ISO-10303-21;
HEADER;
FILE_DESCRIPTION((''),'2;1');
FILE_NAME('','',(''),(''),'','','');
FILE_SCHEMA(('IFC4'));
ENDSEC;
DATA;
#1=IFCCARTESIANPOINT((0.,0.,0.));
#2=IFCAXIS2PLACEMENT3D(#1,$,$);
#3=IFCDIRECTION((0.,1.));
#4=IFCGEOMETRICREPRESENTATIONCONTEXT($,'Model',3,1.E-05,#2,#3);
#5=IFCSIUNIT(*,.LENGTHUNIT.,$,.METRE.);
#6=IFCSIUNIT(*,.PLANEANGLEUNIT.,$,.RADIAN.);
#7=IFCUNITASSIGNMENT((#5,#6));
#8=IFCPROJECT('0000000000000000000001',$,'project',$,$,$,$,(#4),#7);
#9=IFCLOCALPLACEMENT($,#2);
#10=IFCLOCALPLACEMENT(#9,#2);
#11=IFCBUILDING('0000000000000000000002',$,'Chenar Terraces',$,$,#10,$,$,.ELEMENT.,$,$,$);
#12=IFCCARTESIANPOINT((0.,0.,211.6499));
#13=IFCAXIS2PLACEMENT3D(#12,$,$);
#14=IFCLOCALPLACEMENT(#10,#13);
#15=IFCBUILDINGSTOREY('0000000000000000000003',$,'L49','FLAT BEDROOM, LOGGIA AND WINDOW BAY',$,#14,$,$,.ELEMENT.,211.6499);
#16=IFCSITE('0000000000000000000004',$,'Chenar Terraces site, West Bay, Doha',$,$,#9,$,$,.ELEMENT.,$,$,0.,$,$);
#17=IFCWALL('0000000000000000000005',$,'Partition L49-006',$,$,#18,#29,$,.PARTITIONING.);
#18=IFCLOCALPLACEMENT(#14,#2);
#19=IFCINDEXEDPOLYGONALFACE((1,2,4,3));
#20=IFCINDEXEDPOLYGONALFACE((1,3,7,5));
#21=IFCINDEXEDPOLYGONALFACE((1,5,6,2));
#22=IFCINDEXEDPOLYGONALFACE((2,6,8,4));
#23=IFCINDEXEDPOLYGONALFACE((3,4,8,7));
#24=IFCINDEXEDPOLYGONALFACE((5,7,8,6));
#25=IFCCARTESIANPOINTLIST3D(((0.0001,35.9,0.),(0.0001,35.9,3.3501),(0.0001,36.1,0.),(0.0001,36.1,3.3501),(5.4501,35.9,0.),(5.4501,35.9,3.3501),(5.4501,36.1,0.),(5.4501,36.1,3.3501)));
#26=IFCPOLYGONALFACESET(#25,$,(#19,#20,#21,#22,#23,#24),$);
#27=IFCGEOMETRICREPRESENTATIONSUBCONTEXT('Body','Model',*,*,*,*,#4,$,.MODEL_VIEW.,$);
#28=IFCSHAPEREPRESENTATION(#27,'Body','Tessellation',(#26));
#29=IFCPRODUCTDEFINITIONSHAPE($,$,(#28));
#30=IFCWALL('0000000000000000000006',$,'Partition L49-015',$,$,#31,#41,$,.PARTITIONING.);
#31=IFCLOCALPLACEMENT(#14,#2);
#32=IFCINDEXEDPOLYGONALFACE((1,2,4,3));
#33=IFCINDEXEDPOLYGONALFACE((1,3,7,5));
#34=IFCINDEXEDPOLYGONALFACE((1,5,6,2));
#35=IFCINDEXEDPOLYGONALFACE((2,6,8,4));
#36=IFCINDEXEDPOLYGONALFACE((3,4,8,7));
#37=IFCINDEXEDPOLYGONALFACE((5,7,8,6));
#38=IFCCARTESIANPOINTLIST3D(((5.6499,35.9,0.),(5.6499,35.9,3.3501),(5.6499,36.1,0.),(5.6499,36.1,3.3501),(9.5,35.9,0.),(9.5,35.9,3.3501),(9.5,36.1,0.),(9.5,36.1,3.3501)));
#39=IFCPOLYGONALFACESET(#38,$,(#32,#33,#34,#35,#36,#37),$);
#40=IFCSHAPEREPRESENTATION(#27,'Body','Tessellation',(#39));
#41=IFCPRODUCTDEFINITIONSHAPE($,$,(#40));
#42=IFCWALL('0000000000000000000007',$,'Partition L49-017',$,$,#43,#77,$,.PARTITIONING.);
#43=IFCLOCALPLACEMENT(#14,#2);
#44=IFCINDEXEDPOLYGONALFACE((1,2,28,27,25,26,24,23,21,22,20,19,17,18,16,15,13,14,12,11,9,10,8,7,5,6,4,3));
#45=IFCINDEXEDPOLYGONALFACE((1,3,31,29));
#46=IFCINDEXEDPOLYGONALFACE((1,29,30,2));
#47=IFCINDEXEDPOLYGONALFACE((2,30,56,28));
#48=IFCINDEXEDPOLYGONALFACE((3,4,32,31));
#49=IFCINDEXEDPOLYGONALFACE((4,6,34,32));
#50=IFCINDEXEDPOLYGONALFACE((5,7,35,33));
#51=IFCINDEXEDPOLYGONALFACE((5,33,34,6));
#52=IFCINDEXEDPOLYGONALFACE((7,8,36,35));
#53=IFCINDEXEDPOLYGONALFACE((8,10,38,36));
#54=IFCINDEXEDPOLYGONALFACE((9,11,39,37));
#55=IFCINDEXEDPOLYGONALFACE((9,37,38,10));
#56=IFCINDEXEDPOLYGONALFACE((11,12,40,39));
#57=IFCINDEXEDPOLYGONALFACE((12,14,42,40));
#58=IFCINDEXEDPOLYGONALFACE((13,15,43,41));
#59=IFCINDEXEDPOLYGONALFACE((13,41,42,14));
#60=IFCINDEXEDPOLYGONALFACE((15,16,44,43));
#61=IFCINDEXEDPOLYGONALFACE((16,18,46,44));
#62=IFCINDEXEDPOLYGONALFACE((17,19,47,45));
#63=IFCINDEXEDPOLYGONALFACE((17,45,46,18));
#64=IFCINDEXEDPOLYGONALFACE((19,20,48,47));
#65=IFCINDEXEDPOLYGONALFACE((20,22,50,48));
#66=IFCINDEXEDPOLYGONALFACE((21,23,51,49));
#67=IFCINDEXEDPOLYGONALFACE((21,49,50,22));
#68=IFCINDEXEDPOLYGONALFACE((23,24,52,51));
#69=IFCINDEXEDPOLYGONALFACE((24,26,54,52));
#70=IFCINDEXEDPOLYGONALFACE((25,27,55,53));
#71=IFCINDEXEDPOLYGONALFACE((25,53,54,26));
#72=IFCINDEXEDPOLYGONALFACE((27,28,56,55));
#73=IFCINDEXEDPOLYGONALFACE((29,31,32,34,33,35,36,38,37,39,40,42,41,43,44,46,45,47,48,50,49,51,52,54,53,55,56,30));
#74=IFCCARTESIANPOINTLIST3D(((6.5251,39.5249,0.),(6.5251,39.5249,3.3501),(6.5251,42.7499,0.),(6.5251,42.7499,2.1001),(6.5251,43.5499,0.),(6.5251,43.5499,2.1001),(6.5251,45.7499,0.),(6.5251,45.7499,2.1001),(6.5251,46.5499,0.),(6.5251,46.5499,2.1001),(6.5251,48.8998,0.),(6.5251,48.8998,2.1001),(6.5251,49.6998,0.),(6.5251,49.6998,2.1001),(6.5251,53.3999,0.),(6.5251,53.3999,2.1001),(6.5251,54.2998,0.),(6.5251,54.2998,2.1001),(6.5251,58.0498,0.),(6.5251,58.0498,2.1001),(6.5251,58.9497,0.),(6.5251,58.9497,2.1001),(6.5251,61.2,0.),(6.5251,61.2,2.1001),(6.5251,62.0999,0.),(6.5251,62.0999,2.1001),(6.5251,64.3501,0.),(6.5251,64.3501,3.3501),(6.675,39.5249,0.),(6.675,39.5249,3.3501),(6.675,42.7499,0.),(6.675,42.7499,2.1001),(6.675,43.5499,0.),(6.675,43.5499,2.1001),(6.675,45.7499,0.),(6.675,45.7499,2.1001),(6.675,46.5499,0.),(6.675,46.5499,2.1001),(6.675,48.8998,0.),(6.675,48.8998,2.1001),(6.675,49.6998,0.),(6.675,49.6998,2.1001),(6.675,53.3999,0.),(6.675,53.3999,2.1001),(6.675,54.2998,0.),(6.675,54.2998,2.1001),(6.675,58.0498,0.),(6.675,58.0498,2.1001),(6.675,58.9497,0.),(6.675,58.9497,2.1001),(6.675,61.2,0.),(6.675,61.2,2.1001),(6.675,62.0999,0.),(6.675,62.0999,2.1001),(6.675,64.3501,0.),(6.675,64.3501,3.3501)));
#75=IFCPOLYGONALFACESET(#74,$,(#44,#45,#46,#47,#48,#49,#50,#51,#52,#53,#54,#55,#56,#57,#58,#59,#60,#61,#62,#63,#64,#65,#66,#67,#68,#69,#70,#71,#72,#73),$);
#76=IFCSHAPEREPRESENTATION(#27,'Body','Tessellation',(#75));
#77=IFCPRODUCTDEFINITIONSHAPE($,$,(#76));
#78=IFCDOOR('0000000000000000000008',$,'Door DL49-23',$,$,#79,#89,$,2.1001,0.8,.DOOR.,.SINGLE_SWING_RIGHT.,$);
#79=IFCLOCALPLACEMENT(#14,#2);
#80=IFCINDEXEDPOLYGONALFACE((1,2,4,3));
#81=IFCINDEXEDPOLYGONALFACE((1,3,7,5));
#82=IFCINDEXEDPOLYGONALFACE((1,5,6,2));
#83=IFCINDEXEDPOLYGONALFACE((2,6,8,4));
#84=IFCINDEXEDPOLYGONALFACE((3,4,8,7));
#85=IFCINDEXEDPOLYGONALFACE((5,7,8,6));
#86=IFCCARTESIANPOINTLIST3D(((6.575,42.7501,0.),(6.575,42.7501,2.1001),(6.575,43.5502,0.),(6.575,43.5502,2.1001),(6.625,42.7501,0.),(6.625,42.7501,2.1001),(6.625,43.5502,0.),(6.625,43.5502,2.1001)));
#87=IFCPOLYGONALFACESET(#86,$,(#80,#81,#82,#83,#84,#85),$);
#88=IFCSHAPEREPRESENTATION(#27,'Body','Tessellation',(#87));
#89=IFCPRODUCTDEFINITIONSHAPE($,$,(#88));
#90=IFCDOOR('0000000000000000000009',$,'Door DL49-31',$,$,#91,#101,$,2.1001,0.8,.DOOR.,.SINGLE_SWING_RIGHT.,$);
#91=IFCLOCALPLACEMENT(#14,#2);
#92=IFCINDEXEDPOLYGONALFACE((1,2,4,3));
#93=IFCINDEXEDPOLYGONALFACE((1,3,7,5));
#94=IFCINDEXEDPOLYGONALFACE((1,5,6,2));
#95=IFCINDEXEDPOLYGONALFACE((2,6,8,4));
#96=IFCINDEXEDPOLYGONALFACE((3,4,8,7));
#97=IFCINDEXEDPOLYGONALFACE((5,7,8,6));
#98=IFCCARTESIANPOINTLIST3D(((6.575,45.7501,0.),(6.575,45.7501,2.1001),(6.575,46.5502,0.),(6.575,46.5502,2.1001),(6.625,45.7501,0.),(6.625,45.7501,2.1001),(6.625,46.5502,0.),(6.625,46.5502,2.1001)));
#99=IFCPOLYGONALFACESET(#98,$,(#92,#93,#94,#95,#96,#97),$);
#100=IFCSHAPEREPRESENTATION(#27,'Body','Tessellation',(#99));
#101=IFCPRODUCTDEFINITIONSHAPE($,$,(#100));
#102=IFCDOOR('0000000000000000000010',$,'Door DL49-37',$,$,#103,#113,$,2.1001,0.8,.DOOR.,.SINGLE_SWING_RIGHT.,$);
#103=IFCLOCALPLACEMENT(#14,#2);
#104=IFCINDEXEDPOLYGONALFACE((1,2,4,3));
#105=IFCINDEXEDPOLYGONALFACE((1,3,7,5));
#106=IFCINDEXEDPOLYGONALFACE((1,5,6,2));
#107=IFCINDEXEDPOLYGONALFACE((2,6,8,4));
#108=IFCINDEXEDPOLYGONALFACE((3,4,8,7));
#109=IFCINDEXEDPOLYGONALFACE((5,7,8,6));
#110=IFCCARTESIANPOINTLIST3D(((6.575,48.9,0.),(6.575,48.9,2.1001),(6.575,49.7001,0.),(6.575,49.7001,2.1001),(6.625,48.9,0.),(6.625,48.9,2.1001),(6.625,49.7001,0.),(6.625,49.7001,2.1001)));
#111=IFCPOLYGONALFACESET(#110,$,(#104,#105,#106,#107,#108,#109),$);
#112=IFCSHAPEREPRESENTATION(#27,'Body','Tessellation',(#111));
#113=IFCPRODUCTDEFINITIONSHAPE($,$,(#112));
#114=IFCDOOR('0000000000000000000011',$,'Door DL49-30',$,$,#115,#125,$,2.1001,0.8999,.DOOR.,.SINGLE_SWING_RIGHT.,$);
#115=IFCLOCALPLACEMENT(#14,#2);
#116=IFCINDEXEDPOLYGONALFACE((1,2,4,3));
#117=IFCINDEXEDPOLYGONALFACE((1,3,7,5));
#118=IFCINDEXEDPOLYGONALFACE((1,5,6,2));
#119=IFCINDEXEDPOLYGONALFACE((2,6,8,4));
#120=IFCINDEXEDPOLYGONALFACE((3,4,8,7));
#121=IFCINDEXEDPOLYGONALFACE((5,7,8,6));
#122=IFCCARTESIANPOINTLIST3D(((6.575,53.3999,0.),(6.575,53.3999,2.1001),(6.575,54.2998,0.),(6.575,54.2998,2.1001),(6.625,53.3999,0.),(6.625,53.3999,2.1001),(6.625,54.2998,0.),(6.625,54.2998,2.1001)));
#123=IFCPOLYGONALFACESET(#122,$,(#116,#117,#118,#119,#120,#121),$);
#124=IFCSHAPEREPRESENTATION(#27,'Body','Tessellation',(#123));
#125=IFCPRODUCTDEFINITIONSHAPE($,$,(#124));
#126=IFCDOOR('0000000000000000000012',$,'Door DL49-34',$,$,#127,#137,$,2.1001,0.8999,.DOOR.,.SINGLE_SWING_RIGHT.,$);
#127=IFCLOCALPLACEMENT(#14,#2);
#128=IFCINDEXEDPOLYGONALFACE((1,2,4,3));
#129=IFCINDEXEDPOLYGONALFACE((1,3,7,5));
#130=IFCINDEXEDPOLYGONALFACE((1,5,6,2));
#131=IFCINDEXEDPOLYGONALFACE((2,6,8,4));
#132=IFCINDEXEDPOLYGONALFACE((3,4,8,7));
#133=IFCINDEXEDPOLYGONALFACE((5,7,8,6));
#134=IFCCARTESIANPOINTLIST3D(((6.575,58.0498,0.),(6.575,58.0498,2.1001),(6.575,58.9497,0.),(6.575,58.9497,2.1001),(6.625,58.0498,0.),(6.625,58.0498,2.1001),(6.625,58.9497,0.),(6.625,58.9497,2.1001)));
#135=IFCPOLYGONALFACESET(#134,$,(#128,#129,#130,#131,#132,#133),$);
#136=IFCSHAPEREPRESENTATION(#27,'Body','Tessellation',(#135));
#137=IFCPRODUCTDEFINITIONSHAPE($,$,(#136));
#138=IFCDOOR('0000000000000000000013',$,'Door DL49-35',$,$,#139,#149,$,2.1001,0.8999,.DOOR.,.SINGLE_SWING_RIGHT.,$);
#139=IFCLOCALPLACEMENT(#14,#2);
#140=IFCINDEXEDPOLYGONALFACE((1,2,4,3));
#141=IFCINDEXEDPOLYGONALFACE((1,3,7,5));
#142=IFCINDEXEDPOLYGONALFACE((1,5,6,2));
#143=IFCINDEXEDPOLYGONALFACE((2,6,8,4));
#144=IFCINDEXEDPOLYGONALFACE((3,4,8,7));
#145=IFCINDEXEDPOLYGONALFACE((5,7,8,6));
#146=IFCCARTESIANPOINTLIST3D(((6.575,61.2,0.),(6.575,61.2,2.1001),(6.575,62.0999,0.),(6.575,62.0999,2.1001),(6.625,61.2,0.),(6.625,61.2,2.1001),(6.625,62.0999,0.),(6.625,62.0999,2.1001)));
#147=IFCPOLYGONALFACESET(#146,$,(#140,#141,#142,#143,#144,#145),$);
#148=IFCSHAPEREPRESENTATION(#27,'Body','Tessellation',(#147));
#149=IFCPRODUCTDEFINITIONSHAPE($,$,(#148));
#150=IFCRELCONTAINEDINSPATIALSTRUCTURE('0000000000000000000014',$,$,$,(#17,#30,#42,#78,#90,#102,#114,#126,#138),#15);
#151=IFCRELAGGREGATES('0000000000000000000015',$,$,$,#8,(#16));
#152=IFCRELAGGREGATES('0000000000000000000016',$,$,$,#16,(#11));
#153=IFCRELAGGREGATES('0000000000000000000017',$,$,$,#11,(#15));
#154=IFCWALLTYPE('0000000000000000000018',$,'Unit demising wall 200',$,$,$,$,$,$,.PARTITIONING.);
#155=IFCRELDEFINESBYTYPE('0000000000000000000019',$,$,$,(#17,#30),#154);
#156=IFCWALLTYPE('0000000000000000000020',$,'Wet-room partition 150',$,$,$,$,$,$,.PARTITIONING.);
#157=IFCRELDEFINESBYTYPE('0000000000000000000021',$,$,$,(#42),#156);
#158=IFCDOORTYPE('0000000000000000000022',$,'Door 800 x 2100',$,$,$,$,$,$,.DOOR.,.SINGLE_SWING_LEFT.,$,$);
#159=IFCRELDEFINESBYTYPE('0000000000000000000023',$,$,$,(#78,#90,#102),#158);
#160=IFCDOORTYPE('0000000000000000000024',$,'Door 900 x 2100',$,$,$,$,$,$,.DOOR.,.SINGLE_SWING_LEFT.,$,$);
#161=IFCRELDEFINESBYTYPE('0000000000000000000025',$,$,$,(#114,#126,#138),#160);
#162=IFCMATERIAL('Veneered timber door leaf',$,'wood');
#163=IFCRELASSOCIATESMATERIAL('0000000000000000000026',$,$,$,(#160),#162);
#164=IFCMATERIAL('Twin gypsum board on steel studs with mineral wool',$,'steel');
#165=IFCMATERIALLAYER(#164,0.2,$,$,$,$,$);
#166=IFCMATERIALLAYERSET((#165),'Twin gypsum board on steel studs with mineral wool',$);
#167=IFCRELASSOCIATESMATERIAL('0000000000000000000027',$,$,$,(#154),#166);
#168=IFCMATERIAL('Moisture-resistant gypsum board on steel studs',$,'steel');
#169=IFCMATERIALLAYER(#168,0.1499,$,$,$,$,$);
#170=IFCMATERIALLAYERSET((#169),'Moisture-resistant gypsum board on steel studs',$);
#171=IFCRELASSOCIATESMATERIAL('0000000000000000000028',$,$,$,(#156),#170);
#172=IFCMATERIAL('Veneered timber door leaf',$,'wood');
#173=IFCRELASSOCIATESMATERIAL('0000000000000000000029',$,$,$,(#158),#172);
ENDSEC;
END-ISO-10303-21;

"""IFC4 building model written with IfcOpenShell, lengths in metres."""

from ifc_helpers import new_model, si_unit, direction, frame, frame_2d, origin, place, context, subcontext, project, spatial, rectangle, extrude, material, layer, layer_set, type_object, element, fill, save


model = new_model("IFC4")

# Units and contexts
model_context = context("Model", 3, precision=1e-05, world=origin(), true_north=direction((0.0, 1.0)))
body_context = subcontext(model_context, "Body", "Model", "MODEL_VIEW")
ifc_project = project(units=[si_unit("LENGTHUNIT", "METRE"), si_unit("PLANEANGLEUNIT", "RADIAN")], contexts=[model_context])

# Site, building, storey
site_placement = place(None, origin())
site = spatial("IfcSite", under=ifc_project, at=site_placement, Name="Chenar Terraces site, West Bay, Doha", CompositionType="ELEMENT", RefElevation=0.0)
building_placement = place(site_placement, origin())
building = spatial("IfcBuilding", under=site, at=building_placement, Name="Chenar Terraces", CompositionType="ELEMENT")
storey_placement = place(building_placement, frame((0.0, 0.0, 211.6499)))
storey = spatial("IfcBuildingStorey", under=building, at=storey_placement, Name="L49", Description="FLAT BEDROOM, LOGGIA AND WINDOW BAY", CompositionType="ELEMENT", Elevation=211.6499)

# Shared definitions
ifc_material_1 = material(Name="Veneered timber door leaf", Category="wood")
door_type_1 = type_object("IfcDoorType", Name="Door 900 x 2100", OperationType="SINGLE_SWING_LEFT", PredefinedType="DOOR", material=ifc_material_1)

# Walls
ifc_material_2 = material(Name="Twin gypsum board on steel studs with mineral wool", Category="steel")
ifc_layer_1 = layer(ifc_material_2, 0.2)
ifc_layer_set_1 = layer_set([ifc_layer_1], Name="Twin gypsum board on steel studs with mineral wool")
wall_type_1 = type_object("IfcWallType", Name="Unit demising wall 200", PredefinedType="PARTITIONING", material=ifc_layer_set_1)
wall_1_placement = place(storey_placement, frame((0.0, 36.0, 0.0), z_axis=(0.0, 0.0, 1.0), x_axis=(1.0, 0.0, 0.0)))
element("IfcWall", 1, at=wall_1_placement, inside=storey, type_object=wall_type_1, Name="Partition L49-006", PredefinedType="PARTITIONING", context=body_context, shape_type="SweptSolid", body=[
    extrude(rectangle(XDim=5.45, YDim=0.2, at=frame_2d((2.7251, 0.0))), origin(), (0.0, 0.0, 1.0), 3.3501),
])
wall_2_placement = place(storey_placement, frame((5.6499, 36.0, 0.0), z_axis=(0.0, 0.0, 1.0), x_axis=(1.0, 0.0, 0.0)))
element("IfcWall", 2, at=wall_2_placement, inside=storey, type_object=wall_type_1, Name="Partition L49-015", PredefinedType="PARTITIONING", context=body_context, shape_type="SweptSolid", body=[
    extrude(rectangle(XDim=3.8501, YDim=0.2, at=frame_2d((1.925, 0.0))), origin(), (0.0, 0.0, 1.0), 3.3501),
])

# Wall, openings, doors
ifc_material_3 = material(Name="Moisture-resistant gypsum board on steel studs", Category="steel")
ifc_layer_2 = layer(ifc_material_3, 0.1499)
ifc_layer_set_2 = layer_set([ifc_layer_2], Name="Moisture-resistant gypsum board on steel studs")
wall_type_2 = type_object("IfcWallType", Name="Wet-room partition 150", PredefinedType="PARTITIONING", material=ifc_layer_set_2)
wall_3_placement = place(storey_placement, frame((6.6001, 39.5249, 0.0), z_axis=(0.0, 0.0, 1.0), x_axis=(0.0, 1.0, 0.0)))
wall_3 = element("IfcWall", 3, at=wall_3_placement, inside=storey, type_object=wall_type_2, Name="Partition L49-017", PredefinedType="PARTITIONING", context=body_context, shape_type="SweptSolid", body=[
    extrude(rectangle(XDim=24.8252, YDim=0.1499, at=frame_2d((12.4126, 0.0))), origin(), (0.0, 0.0, 1.0), 3.3501),
])
opening_1_placement = place(wall_3_placement, frame((3.2251, 0.0, 0.0)))
opening_1 = element("IfcOpeningElement", 4, at=opening_1_placement, cuts=wall_3, PredefinedType="OPENING", context=body_context, shape_type="SweptSolid", body=[
    extrude(rectangle(XDim=0.8, YDim=2.1001, at=frame_2d((0.3999, 1.05))), frame((0.0, 0.085, 0.0), z_axis=(0.0, -1.0, 0.0), x_axis=(1.0, 0.0, 0.0)), (0.0, 0.0, 1.0), 0.1699),
])
opening_2_placement = place(wall_3_placement, frame((13.875, 0.0, 0.0)))
opening_2 = element("IfcOpeningElement", 5, at=opening_2_placement, cuts=wall_3, PredefinedType="OPENING", context=body_context, shape_type="SweptSolid", body=[
    extrude(rectangle(XDim=0.8999, YDim=2.1001, at=frame_2d((0.45, 1.05))), frame((0.0, 0.085, 0.0), z_axis=(0.0, -1.0, 0.0), x_axis=(1.0, 0.0, 0.0)), (0.0, 0.0, 1.0), 0.1699),
])
opening_3_placement = place(wall_3_placement, frame((6.2251, 0.0, 0.0)))
opening_3 = element("IfcOpeningElement", 6, at=opening_3_placement, cuts=wall_3, PredefinedType="OPENING", context=body_context, shape_type="SweptSolid", body=[
    extrude(rectangle(XDim=0.8, YDim=2.1001, at=frame_2d((0.3999, 1.05))), frame((0.0, 0.085, 0.0), z_axis=(0.0, -1.0, 0.0), x_axis=(1.0, 0.0, 0.0)), (0.0, 0.0, 1.0), 0.1699),
])
opening_4_placement = place(wall_3_placement, frame((18.5249, 0.0, 0.0)))
opening_4 = element("IfcOpeningElement", 7, at=opening_4_placement, cuts=wall_3, PredefinedType="OPENING", context=body_context, shape_type="SweptSolid", body=[
    extrude(rectangle(XDim=0.8999, YDim=2.1001, at=frame_2d((0.45, 1.05))), frame((0.0, 0.085, 0.0), z_axis=(0.0, -1.0, 0.0), x_axis=(1.0, 0.0, 0.0)), (0.0, 0.0, 1.0), 0.1699),
])
opening_5_placement = place(wall_3_placement, frame((21.675, 0.0, 0.0)))
opening_5 = element("IfcOpeningElement", 8, at=opening_5_placement, cuts=wall_3, PredefinedType="OPENING", context=body_context, shape_type="SweptSolid", body=[
    extrude(rectangle(XDim=0.8999, YDim=2.1001, at=frame_2d((0.45, 1.05))), frame((0.0, 0.085, 0.0), z_axis=(0.0, -1.0, 0.0), x_axis=(1.0, 0.0, 0.0)), (0.0, 0.0, 1.0), 0.1699),
])
opening_6_placement = place(wall_3_placement, frame((9.375, 0.0, 0.0)))
opening_6 = element("IfcOpeningElement", 9, at=opening_6_placement, cuts=wall_3, PredefinedType="OPENING", context=body_context, shape_type="SweptSolid", body=[
    extrude(rectangle(XDim=0.8, YDim=2.1001, at=frame_2d((0.3999, 1.05))), frame((0.0, 0.085, 0.0), z_axis=(0.0, -1.0, 0.0), x_axis=(1.0, 0.0, 0.0)), (0.0, 0.0, 1.0), 0.1699),
])
ifc_material_4 = material(Name="Veneered timber door leaf", Category="wood")
door_type_2 = type_object("IfcDoorType", Name="Door 800 x 2100", OperationType="SINGLE_SWING_LEFT", PredefinedType="DOOR", material=ifc_material_4)
door_1_placement = place(opening_1_placement, frame((0.8, 0.0, 0.0), z_axis=(0.0, 0.0, 1.0), x_axis=(-1.0, 0.0, 0.0)))
door_1 = element("IfcDoor", 10, at=door_1_placement, inside=storey, type_object=door_type_2, Name="Door DL49-23", OperationType="SINGLE_SWING_RIGHT", OverallHeight=2.1001, OverallWidth=0.8, PredefinedType="DOOR", context=body_context, shape_type="SweptSolid", body=[
    extrude(rectangle(XDim=0.8, YDim=2.1001, at=frame_2d((0.3999, 1.05))), frame((0.0, 0.0249, 0.0), z_axis=(0.0, -1.0, 0.0), x_axis=(1.0, 0.0, 0.0)), (0.0, 0.0, 1.0), 0.05),
])
fill(opening_1, door_1)
door_2_placement = place(opening_3_placement, frame((0.8, 0.0, 0.0), z_axis=(0.0, 0.0, 1.0), x_axis=(-1.0, 0.0, 0.0)))
door_2 = element("IfcDoor", 11, at=door_2_placement, inside=storey, type_object=door_type_2, Name="Door DL49-31", OperationType="SINGLE_SWING_RIGHT", OverallHeight=2.1001, OverallWidth=0.8, PredefinedType="DOOR", context=body_context, shape_type="SweptSolid", body=[
    extrude(rectangle(XDim=0.8, YDim=2.1001, at=frame_2d((0.3999, 1.05))), frame((0.0, 0.0249, 0.0), z_axis=(0.0, -1.0, 0.0), x_axis=(1.0, 0.0, 0.0)), (0.0, 0.0, 1.0), 0.05),
])
fill(opening_3, door_2)
door_3_placement = place(opening_6_placement, frame((0.8, 0.0, 0.0), z_axis=(0.0, 0.0, 1.0), x_axis=(-1.0, 0.0, 0.0)))
door_3 = element("IfcDoor", 12, at=door_3_placement, inside=storey, type_object=door_type_2, Name="Door DL49-37", OperationType="SINGLE_SWING_RIGHT", OverallHeight=2.1001, OverallWidth=0.8, PredefinedType="DOOR", context=body_context, shape_type="SweptSolid", body=[
    extrude(rectangle(XDim=0.8, YDim=2.1001, at=frame_2d((0.3999, 1.05))), frame((0.0, 0.0249, 0.0), z_axis=(0.0, -1.0, 0.0), x_axis=(1.0, 0.0, 0.0)), (0.0, 0.0, 1.0), 0.05),
])
fill(opening_6, door_3)
door_4_placement = place(opening_2_placement, frame((0.8999, 0.0, 0.0), z_axis=(0.0, 0.0, 1.0), x_axis=(-1.0, 0.0, 0.0)))
door_4 = element("IfcDoor", 13, at=door_4_placement, inside=storey, type_object=door_type_1, Name="Door DL49-30", OperationType="SINGLE_SWING_RIGHT", OverallHeight=2.1001, OverallWidth=0.8999, PredefinedType="DOOR", context=body_context, shape_type="SweptSolid", body=[
    extrude(rectangle(XDim=0.8999, YDim=2.1001, at=frame_2d((0.45, 1.05))), frame((0.0, 0.0249, 0.0), z_axis=(0.0, -1.0, 0.0), x_axis=(1.0, 0.0, 0.0)), (0.0, 0.0, 1.0), 0.05),
])
fill(opening_2, door_4)
door_5_placement = place(opening_4_placement, frame((0.8999, 0.0, 0.0), z_axis=(0.0, 0.0, 1.0), x_axis=(-1.0, 0.0, 0.0)))
door_5 = element("IfcDoor", 14, at=door_5_placement, inside=storey, type_object=door_type_1, Name="Door DL49-34", OperationType="SINGLE_SWING_RIGHT", OverallHeight=2.1001, OverallWidth=0.8999, PredefinedType="DOOR", context=body_context, shape_type="SweptSolid", body=[
    extrude(rectangle(XDim=0.8999, YDim=2.1001, at=frame_2d((0.45, 1.05))), frame((0.0, 0.0249, 0.0), z_axis=(0.0, -1.0, 0.0), x_axis=(1.0, 0.0, 0.0)), (0.0, 0.0, 1.0), 0.05),
])
fill(opening_4, door_5)
door_6_placement = place(opening_5_placement, frame((0.8999, 0.0, 0.0), z_axis=(0.0, 0.0, 1.0), x_axis=(-1.0, 0.0, 0.0)))
door_6 = element("IfcDoor", 15, at=door_6_placement, inside=storey, type_object=door_type_1, Name="Door DL49-35", OperationType="SINGLE_SWING_RIGHT", OverallHeight=2.1001, OverallWidth=0.8999, PredefinedType="DOOR", context=body_context, shape_type="SweptSolid", body=[
    extrude(rectangle(XDim=0.8999, YDim=2.1001, at=frame_2d((0.45, 1.05))), frame((0.0, 0.0249, 0.0), z_axis=(0.0, -1.0, 0.0), x_axis=(1.0, 0.0, 0.0)), (0.0, 0.0, 1.0), 0.05),
])
fill(opening_5, door_6)

save(model, "model.ifc")
